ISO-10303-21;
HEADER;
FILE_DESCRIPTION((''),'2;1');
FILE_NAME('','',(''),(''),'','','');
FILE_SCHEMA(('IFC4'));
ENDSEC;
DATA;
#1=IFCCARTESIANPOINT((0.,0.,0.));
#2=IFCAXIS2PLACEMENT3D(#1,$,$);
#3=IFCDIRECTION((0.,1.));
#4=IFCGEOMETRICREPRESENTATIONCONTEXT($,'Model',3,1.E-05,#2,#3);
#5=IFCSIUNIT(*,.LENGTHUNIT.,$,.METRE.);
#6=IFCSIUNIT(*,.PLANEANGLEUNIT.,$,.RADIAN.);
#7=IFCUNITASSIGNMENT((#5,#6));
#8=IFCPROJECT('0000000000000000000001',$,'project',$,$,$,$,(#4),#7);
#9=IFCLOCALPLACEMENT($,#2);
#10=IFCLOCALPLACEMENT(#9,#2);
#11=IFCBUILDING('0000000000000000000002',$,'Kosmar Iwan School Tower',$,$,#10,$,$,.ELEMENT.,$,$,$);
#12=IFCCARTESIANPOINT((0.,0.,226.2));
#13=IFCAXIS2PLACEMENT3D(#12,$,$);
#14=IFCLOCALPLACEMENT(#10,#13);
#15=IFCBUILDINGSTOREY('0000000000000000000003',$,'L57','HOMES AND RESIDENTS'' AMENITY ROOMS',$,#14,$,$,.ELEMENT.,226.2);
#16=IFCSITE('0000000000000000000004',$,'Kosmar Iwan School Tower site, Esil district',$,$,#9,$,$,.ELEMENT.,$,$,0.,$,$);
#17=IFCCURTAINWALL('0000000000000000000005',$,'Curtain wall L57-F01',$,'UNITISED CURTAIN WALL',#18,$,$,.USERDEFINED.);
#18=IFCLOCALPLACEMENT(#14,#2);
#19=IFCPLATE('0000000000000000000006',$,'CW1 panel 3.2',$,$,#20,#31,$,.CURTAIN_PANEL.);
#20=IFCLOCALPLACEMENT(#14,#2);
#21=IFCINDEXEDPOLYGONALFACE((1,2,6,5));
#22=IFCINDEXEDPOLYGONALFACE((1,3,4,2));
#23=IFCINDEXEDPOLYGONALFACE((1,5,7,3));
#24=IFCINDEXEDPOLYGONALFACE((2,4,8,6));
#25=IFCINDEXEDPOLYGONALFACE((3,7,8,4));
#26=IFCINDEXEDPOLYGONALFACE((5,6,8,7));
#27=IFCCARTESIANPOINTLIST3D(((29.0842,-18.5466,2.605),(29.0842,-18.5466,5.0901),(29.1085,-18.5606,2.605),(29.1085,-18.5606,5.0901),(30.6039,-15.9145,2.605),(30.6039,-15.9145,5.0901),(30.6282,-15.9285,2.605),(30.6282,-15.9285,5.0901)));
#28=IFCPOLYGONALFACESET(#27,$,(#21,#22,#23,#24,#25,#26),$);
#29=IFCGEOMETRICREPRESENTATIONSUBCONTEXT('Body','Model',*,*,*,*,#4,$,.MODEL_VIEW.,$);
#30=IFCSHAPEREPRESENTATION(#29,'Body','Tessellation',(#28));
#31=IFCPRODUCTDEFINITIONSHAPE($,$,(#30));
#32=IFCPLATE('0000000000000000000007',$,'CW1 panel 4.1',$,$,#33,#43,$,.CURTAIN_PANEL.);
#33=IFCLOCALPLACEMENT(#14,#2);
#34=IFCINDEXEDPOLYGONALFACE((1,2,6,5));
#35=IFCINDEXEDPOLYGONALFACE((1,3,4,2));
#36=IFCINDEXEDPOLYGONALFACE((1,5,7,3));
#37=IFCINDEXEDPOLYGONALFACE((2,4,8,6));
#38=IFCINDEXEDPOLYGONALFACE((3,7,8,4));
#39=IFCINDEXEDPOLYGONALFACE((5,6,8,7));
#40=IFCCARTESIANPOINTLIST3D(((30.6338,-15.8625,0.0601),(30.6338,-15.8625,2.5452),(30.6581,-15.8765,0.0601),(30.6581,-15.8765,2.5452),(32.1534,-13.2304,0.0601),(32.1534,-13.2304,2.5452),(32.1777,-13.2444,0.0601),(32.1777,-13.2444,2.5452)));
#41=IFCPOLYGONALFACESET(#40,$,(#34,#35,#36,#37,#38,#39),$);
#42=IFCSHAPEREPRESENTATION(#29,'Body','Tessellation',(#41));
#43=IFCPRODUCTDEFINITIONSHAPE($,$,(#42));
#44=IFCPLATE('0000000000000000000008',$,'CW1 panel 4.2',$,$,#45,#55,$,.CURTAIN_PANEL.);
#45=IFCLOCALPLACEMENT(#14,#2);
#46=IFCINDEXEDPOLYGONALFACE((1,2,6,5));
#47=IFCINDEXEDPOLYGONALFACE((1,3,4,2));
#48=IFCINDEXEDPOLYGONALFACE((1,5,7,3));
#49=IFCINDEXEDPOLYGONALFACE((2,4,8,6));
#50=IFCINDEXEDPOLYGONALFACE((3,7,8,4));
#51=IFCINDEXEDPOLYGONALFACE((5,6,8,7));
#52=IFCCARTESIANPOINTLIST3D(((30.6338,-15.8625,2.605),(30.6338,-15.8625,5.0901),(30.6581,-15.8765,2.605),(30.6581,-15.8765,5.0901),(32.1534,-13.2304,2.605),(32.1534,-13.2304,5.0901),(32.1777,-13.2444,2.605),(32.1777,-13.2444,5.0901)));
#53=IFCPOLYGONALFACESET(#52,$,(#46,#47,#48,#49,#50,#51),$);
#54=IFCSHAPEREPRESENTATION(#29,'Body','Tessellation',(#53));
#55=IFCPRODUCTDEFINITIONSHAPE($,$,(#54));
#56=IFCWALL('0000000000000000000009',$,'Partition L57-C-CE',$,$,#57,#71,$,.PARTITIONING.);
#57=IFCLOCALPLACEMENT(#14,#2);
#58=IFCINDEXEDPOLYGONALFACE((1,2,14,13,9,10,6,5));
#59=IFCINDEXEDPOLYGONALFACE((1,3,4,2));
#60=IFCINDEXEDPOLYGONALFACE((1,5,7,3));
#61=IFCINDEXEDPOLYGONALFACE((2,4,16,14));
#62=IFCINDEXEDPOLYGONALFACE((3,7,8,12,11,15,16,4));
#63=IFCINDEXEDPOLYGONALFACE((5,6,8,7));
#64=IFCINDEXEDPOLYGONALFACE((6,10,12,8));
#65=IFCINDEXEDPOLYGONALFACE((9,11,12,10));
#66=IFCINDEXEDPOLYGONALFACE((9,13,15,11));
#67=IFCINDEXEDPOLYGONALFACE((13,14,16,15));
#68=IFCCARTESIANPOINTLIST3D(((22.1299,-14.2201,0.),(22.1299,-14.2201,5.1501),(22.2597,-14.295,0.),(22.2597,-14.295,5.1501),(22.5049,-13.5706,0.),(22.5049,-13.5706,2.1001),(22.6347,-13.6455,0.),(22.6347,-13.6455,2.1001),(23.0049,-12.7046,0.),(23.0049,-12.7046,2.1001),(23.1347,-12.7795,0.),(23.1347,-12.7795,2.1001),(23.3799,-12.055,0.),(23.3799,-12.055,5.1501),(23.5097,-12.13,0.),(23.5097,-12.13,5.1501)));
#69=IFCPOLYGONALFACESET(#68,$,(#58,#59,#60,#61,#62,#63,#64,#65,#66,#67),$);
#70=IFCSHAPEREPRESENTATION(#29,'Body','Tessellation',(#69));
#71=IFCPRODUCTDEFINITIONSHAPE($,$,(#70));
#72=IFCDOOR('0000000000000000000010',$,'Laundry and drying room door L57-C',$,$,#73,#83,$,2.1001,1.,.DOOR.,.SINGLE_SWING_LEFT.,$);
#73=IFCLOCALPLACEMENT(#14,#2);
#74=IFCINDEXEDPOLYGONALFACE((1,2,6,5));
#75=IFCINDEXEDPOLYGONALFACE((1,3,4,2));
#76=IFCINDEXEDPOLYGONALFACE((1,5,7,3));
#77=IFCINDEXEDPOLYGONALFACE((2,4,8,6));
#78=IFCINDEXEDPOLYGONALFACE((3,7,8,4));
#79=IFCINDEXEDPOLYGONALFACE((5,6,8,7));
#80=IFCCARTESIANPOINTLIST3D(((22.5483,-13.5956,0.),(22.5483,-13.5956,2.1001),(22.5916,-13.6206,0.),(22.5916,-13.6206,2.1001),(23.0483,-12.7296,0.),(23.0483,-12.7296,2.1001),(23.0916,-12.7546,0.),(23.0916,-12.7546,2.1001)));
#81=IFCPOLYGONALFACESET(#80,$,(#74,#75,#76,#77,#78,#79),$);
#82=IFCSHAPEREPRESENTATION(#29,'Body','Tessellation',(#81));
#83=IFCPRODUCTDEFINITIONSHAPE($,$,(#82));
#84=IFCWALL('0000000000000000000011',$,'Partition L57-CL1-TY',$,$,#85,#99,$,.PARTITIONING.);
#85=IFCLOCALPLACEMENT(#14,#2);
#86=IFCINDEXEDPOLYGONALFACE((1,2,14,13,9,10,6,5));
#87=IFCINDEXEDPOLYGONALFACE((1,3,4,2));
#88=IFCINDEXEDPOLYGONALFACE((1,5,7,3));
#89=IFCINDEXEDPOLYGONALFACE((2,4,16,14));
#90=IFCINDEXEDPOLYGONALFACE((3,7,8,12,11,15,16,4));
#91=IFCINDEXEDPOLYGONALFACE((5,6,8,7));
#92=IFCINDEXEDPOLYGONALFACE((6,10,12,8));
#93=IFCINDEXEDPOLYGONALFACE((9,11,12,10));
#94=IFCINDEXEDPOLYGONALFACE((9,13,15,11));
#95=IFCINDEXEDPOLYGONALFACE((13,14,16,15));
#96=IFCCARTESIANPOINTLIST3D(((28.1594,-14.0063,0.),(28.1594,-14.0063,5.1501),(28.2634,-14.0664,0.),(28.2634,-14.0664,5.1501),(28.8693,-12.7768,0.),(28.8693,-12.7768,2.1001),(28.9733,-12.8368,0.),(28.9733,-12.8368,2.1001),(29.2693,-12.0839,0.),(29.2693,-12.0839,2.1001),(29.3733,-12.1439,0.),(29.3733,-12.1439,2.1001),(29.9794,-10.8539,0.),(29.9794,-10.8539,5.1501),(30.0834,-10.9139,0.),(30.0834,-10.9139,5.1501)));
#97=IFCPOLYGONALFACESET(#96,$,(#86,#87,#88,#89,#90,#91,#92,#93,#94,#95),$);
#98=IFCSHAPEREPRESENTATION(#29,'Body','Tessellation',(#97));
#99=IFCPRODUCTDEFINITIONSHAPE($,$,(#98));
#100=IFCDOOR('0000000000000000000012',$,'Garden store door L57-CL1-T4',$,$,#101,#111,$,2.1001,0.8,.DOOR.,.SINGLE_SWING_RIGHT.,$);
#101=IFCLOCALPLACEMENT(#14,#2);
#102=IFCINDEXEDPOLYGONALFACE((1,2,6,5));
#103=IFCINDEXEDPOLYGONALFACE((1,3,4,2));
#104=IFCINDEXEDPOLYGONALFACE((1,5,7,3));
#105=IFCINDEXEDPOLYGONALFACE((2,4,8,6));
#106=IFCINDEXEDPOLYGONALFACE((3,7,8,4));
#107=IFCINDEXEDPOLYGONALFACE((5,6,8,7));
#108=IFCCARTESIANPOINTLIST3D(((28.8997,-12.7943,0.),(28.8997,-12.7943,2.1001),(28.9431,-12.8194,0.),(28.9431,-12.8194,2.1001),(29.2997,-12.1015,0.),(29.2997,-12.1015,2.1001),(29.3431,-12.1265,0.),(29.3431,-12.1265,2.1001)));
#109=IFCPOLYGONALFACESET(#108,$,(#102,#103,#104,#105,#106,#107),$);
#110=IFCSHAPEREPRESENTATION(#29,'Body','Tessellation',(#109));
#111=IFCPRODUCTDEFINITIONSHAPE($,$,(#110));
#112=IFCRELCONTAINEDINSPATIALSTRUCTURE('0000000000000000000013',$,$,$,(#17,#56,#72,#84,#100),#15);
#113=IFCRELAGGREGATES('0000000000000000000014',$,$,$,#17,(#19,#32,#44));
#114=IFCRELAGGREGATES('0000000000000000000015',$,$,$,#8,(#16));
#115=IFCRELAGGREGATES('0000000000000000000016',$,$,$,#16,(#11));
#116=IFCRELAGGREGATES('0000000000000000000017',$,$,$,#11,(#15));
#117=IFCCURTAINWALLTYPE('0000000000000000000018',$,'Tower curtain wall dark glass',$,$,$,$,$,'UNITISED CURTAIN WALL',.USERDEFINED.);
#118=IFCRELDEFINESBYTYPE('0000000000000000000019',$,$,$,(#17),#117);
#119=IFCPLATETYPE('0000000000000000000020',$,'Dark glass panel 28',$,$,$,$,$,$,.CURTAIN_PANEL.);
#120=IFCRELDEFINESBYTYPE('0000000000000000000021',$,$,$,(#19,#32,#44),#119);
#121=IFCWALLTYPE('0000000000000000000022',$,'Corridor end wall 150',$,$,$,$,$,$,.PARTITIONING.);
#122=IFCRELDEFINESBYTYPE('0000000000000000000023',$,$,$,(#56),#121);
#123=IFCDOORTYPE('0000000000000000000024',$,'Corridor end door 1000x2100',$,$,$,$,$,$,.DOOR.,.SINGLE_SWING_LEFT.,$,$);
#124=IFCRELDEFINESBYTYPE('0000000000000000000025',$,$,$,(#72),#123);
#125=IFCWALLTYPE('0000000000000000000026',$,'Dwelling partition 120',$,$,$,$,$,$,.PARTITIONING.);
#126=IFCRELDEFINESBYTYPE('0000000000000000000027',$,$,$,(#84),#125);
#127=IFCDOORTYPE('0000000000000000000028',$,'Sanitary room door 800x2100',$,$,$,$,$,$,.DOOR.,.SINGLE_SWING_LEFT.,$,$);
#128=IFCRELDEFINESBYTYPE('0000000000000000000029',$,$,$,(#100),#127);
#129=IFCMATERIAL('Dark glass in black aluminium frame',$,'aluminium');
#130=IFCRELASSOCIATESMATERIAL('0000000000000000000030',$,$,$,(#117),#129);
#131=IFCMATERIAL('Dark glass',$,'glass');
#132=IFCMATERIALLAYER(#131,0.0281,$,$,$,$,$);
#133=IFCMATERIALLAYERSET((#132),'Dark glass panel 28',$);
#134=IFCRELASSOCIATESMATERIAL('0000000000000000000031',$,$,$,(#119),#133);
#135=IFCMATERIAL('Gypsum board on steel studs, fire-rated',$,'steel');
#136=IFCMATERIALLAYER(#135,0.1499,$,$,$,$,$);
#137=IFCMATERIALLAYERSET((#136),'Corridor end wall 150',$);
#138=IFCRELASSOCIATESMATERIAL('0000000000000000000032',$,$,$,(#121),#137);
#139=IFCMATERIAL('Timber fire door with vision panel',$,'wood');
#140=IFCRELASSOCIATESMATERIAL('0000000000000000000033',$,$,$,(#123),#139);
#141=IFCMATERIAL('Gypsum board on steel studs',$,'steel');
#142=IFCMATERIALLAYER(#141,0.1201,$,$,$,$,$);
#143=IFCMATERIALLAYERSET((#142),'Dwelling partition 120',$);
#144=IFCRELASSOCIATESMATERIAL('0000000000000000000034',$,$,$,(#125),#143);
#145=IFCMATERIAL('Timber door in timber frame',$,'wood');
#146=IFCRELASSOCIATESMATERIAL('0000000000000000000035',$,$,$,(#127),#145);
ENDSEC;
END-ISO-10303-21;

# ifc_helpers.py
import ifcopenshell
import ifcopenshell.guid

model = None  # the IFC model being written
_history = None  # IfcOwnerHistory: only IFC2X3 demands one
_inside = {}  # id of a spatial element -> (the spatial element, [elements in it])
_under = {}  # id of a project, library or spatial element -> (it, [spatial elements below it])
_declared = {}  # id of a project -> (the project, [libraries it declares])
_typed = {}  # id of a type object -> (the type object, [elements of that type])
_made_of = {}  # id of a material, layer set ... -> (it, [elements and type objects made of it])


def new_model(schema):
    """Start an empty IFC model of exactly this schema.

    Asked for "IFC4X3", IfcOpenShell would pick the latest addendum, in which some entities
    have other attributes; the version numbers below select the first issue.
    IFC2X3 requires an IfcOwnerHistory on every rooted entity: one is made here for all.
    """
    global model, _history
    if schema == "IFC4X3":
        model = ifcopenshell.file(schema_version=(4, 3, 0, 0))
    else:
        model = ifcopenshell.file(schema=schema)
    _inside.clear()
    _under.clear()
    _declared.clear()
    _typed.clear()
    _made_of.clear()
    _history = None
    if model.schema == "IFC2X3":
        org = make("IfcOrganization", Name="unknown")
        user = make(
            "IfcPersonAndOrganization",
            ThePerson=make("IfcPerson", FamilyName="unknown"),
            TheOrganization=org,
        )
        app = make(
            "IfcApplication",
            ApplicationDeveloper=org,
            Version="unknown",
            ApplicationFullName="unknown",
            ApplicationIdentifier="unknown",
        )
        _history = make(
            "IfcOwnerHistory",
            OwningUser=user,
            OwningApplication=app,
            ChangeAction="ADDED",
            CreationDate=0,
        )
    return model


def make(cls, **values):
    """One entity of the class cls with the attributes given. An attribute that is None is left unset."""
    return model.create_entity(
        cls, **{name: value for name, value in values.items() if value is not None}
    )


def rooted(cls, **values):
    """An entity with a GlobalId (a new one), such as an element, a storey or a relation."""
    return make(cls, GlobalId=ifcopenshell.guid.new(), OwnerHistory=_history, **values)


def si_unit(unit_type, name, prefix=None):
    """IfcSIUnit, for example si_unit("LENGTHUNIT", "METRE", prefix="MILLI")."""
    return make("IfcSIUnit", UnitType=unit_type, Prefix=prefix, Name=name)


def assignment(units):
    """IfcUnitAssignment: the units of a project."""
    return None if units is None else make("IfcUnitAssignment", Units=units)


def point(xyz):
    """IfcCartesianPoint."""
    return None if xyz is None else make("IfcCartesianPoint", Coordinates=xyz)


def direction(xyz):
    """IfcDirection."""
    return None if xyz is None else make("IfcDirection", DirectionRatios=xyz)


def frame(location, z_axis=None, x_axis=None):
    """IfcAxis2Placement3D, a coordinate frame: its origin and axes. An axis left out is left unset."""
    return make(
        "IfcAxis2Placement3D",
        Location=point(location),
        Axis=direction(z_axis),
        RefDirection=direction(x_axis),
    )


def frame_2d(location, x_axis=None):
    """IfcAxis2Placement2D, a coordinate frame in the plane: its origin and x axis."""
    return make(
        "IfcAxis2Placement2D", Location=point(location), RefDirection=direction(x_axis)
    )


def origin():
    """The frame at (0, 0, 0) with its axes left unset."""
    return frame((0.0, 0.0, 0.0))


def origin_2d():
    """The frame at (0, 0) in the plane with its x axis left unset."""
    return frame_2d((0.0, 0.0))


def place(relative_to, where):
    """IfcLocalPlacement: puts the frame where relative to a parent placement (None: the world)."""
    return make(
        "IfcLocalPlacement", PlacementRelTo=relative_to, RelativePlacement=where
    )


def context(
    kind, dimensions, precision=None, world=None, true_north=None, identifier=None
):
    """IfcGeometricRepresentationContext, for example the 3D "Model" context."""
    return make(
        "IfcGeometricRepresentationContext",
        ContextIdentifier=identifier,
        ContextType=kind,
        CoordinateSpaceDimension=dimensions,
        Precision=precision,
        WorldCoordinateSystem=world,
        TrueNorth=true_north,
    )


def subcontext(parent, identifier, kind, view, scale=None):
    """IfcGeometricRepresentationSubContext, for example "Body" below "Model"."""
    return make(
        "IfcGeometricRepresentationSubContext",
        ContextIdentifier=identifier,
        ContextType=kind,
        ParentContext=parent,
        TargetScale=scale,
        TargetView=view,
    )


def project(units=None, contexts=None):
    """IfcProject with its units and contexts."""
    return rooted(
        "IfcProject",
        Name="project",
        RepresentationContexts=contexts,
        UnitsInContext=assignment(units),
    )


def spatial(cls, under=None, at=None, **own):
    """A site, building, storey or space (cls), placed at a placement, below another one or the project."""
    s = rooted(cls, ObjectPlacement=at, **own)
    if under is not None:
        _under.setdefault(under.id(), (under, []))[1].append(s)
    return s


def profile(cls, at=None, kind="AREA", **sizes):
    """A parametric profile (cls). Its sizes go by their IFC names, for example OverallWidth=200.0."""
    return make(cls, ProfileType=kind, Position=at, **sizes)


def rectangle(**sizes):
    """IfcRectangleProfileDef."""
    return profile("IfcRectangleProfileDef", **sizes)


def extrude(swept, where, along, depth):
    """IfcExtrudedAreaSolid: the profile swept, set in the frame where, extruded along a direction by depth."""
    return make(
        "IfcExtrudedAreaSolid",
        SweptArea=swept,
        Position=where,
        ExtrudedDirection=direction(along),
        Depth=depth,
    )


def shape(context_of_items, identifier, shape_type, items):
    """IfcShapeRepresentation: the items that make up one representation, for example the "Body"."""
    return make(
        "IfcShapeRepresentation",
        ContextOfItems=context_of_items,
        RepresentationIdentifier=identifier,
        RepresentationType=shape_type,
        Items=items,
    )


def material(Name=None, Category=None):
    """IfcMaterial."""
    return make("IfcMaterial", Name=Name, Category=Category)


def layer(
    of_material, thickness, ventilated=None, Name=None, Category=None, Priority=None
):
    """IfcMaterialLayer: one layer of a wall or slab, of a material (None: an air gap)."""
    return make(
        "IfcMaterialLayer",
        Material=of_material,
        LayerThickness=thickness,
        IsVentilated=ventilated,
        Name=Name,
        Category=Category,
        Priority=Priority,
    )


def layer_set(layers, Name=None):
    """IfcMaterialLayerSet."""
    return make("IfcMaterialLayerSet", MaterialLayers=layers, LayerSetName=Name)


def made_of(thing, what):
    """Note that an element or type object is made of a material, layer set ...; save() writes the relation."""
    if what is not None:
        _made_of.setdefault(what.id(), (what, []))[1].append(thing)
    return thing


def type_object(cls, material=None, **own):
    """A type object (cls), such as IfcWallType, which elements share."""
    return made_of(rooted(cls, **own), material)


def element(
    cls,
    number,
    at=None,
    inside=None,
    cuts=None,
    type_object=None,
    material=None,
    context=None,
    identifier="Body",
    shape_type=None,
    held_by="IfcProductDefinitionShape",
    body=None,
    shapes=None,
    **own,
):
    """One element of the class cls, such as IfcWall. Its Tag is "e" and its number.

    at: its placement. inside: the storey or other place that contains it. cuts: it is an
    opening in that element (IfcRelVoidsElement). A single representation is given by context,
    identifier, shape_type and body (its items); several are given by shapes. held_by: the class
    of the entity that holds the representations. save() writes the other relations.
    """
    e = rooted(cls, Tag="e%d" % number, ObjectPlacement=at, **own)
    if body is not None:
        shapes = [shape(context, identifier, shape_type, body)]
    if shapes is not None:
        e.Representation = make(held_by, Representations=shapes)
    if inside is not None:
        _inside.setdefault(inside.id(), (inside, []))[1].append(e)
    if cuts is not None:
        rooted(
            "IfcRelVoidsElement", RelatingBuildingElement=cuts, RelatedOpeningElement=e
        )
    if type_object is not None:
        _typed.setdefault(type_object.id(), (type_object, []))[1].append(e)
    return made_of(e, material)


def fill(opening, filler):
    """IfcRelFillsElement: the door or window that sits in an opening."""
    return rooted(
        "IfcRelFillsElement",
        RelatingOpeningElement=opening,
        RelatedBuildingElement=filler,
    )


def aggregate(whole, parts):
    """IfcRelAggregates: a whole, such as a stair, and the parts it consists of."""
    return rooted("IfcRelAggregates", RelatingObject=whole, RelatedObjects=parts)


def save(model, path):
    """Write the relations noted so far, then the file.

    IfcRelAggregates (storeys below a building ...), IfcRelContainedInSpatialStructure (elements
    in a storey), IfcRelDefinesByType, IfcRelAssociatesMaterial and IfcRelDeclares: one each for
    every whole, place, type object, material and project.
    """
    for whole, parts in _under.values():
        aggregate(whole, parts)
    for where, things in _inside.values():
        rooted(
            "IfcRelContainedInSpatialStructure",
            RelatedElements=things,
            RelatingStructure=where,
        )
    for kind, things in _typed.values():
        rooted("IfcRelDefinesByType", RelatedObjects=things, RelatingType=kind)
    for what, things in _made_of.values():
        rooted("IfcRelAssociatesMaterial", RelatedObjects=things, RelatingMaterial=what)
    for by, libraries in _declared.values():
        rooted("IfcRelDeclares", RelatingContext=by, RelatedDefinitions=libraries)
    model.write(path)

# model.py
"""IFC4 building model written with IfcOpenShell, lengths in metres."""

from ifc_helpers import new_model, si_unit, direction, frame, frame_2d, origin, origin_2d, place, context, subcontext, project, spatial, rectangle, extrude, material, layer, layer_set, type_object, element, fill, aggregate, save


model = new_model("IFC4")

# Units and contexts
model_context = context("Model", 3, precision=1e-05, world=origin(), true_north=direction((0.0, 1.0)))
body_context = subcontext(model_context, "Body", "Model", "MODEL_VIEW")
ifc_project = project(units=[si_unit("LENGTHUNIT", "METRE"), si_unit("PLANEANGLEUNIT", "RADIAN")], contexts=[model_context])

# Site, building, storey
site_placement = place(None, origin())
site = spatial("IfcSite", under=ifc_project, at=site_placement, Name="Kosmar Iwan School Tower site, Esil district", CompositionType="ELEMENT", RefElevation=0.0)
building_placement = place(site_placement, origin())
building = spatial("IfcBuilding", under=site, at=building_placement, Name="Kosmar Iwan School Tower", CompositionType="ELEMENT")
storey_placement = place(building_placement, frame((0.0, 0.0, 226.2)))
storey = spatial("IfcBuildingStorey", under=building, at=storey_placement, Name="L57", Description="HOMES AND RESIDENTS' AMENITY ROOMS", CompositionType="ELEMENT", Elevation=226.2)

# Curtain wall, plates
ifc_material_1 = material(Name="Dark glass in black aluminium frame", Category="aluminium")
curtain_wall_type = type_object("IfcCurtainWallType", Name="Tower curtain wall dark glass", ElementType="UNITISED CURTAIN WALL", PredefinedType="USERDEFINED", material=ifc_material_1)
curtain_wall_placement = place(storey_placement, origin())
curtain_wall = element("IfcCurtainWall", 1, at=curtain_wall_placement, inside=storey, type_object=curtain_wall_type, Name="Curtain wall L57-F01", ObjectType="UNITISED CURTAIN WALL", PredefinedType="USERDEFINED")
ifc_material_2 = material(Name="Dark glass", Category="glass")
ifc_layer_1 = layer(ifc_material_2, 0.0281)
ifc_layer_set_1 = layer_set([ifc_layer_1], Name="Dark glass panel 28")
plate_type = type_object("IfcPlateType", Name="Dark glass panel 28", PredefinedType="CURTAIN_PANEL", material=ifc_layer_set_1)
plate_1_placement = place(storey_placement, frame((29.8562, -17.2375, 2.605), z_axis=(0.0, 0.0, 1.0), x_axis=(0.5, 0.866025, 0.0)))
plate_1 = element("IfcPlate", 2, at=plate_1_placement, type_object=plate_type, Name="CW1 panel 3.2", PredefinedType="CURTAIN_PANEL", context=body_context, shape_type="SweptSolid", body=[
    extrude(rectangle(XDim=3.0393, YDim=0.0281, at=origin_2d()), origin(), (0.0, 0.0, 1.0), 2.4851),
])
plate_2_placement = place(storey_placement, frame((31.4058, -14.5535, 0.0601), z_axis=(0.0, 0.0, 1.0), x_axis=(0.5, 0.866025, 0.0)))
plate_2 = element("IfcPlate", 3, at=plate_2_placement, type_object=plate_type, Name="CW1 panel 4.1", PredefinedType="CURTAIN_PANEL", context=body_context, shape_type="SweptSolid", body=[
    extrude(rectangle(XDim=3.0393, YDim=0.0281, at=origin_2d()), origin(), (0.0, 0.0, 1.0), 2.4851),
])
plate_3_placement = place(storey_placement, frame((31.4058, -14.5535, 2.605), z_axis=(0.0, 0.0, 1.0), x_axis=(0.5, 0.866025, 0.0)))
plate_3 = element("IfcPlate", 4, at=plate_3_placement, type_object=plate_type, Name="CW1 panel 4.2", PredefinedType="CURTAIN_PANEL", context=body_context, shape_type="SweptSolid", body=[
    extrude(rectangle(XDim=3.0393, YDim=0.0281, at=origin_2d()), origin(), (0.0, 0.0, 1.0), 2.4851),
])
aggregate(curtain_wall, [plate_1, plate_2, plate_3])

# Walls, openings, doors
ifc_material_3 = material(Name="Gypsum board on steel studs, fire-rated", Category="steel")
ifc_layer_2 = layer(ifc_material_3, 0.1499)
ifc_layer_set_2 = layer_set([ifc_layer_2], Name="Corridor end wall 150")
wall_type_1 = type_object("IfcWallType", Name="Corridor end wall 150", PredefinedType="PARTITIONING", material=ifc_layer_set_2)
wall_1_placement = place(storey_placement, frame((22.1948, -14.2576, 0.0), z_axis=(0.0, 0.0, 1.0), x_axis=(0.500004, 0.866023, 0.0)))
wall_1 = element("IfcWall", 5, at=wall_1_placement, inside=storey, type_object=wall_type_1, Name="Partition L57-C-CE", PredefinedType="PARTITIONING", context=body_context, shape_type="SweptSolid", body=[
    extrude(rectangle(XDim=2.5, YDim=0.1499, at=frame_2d((1.25, 0.0))), origin(), (0.0, 0.0, 1.0), 5.1501),
])
opening_1_placement = place(wall_1_placement, frame((0.75, 0.0, 0.0)))
opening_1 = element("IfcOpeningElement", 6, at=opening_1_placement, cuts=wall_1, PredefinedType="OPENING", context=body_context, shape_type="SweptSolid", body=[
    extrude(rectangle(XDim=1.0, YDim=2.1001, at=frame_2d((0.5, 1.05))), frame((0.0, 0.0869, 0.0), z_axis=(0.0, -1.0, 0.0), x_axis=(1.0, 0.0, 0.0)), (0.0, 0.0, 1.0), 0.1738),
])
ifc_material_4 = material(Name="Timber fire door with vision panel", Category="wood")
door_type_1 = type_object("IfcDoorType", Name="Corridor end door 1000x2100", OperationType="SINGLE_SWING_LEFT", PredefinedType="DOOR", material=ifc_material_4)
door_1_placement = place(opening_1_placement, origin())
door_1 = element("IfcDoor", 7, at=door_1_placement, inside=storey, type_object=door_type_1, Name="Laundry and drying room door L57-C", OperationType="SINGLE_SWING_LEFT", OverallHeight=2.1001, OverallWidth=1.0, PredefinedType="DOOR", context=body_context, shape_type="SweptSolid", body=[
    extrude(rectangle(XDim=1.0, YDim=2.1001, at=frame_2d((0.5, 1.05))), frame((0.0, 0.0249, 0.0), z_axis=(0.0, -1.0, 0.0), x_axis=(1.0, 0.0, 0.0)), (0.0, 0.0, 1.0), 0.05),
])
fill(opening_1, door_1)
ifc_material_5 = material(Name="Gypsum board on steel studs", Category="steel")
ifc_layer_3 = layer(ifc_material_5, 0.1201)
ifc_layer_set_3 = layer_set([ifc_layer_3], Name="Dwelling partition 120")
wall_type_2 = type_object("IfcWallType", Name="Dwelling partition 120", PredefinedType="PARTITIONING", material=ifc_layer_set_3)
wall_2_placement = place(storey_placement, frame((28.2114, -14.0364, 0.0), z_axis=(0.0, 0.0, 1.0), x_axis=(0.499984, 0.866035, 0.0)))
wall_2 = element("IfcWall", 8, at=wall_2_placement, inside=storey, type_object=wall_type_2, Name="Partition L57-CL1-TY", PredefinedType="PARTITIONING", context=body_context, shape_type="SweptSolid", body=[
    extrude(rectangle(XDim=3.6401, YDim=0.1201, at=frame_2d((1.8201, 0.0))), origin(), (0.0, 0.0, 1.0), 5.1501),
])
opening_2_placement = place(wall_2_placement, frame((1.4199, 0.0, 0.0)))
opening_2 = element("IfcOpeningElement", 9, at=opening_2_placement, cuts=wall_2, PredefinedType="OPENING", context=body_context, shape_type="SweptSolid", body=[
    extrude(rectangle(XDim=0.8, YDim=2.1001, at=frame_2d((0.3999, 1.05))), frame((0.0, 0.072, 0.0), z_axis=(0.0, -1.0, 0.0), x_axis=(1.0, 0.0, 0.0)), (0.0, 0.0, 1.0), 0.144),
])
ifc_material_6 = material(Name="Timber door in timber frame", Category="wood")
door_type_2 = type_object("IfcDoorType", Name="Sanitary room door 800x2100", OperationType="SINGLE_SWING_LEFT", PredefinedType="DOOR", material=ifc_material_6)
door_2_placement = place(opening_2_placement, origin())
door_2 = element("IfcDoor", 10, at=door_2_placement, inside=storey, type_object=door_type_2, Name="Garden store door L57-CL1-T4", OperationType="SINGLE_SWING_RIGHT", OverallHeight=2.1001, OverallWidth=0.8, PredefinedType="DOOR", context=body_context, shape_type="SweptSolid", body=[
    extrude(rectangle(XDim=0.8, YDim=2.1001, at=frame_2d((0.3999, 1.05))), frame((0.0, 0.0249, 0.0), z_axis=(0.0, -1.0, 0.0), x_axis=(1.0, 0.0, 0.0)), (0.0, 0.0, 1.0), 0.05),
])
fill(opening_2, door_2)

save(model, "model.ifc")
